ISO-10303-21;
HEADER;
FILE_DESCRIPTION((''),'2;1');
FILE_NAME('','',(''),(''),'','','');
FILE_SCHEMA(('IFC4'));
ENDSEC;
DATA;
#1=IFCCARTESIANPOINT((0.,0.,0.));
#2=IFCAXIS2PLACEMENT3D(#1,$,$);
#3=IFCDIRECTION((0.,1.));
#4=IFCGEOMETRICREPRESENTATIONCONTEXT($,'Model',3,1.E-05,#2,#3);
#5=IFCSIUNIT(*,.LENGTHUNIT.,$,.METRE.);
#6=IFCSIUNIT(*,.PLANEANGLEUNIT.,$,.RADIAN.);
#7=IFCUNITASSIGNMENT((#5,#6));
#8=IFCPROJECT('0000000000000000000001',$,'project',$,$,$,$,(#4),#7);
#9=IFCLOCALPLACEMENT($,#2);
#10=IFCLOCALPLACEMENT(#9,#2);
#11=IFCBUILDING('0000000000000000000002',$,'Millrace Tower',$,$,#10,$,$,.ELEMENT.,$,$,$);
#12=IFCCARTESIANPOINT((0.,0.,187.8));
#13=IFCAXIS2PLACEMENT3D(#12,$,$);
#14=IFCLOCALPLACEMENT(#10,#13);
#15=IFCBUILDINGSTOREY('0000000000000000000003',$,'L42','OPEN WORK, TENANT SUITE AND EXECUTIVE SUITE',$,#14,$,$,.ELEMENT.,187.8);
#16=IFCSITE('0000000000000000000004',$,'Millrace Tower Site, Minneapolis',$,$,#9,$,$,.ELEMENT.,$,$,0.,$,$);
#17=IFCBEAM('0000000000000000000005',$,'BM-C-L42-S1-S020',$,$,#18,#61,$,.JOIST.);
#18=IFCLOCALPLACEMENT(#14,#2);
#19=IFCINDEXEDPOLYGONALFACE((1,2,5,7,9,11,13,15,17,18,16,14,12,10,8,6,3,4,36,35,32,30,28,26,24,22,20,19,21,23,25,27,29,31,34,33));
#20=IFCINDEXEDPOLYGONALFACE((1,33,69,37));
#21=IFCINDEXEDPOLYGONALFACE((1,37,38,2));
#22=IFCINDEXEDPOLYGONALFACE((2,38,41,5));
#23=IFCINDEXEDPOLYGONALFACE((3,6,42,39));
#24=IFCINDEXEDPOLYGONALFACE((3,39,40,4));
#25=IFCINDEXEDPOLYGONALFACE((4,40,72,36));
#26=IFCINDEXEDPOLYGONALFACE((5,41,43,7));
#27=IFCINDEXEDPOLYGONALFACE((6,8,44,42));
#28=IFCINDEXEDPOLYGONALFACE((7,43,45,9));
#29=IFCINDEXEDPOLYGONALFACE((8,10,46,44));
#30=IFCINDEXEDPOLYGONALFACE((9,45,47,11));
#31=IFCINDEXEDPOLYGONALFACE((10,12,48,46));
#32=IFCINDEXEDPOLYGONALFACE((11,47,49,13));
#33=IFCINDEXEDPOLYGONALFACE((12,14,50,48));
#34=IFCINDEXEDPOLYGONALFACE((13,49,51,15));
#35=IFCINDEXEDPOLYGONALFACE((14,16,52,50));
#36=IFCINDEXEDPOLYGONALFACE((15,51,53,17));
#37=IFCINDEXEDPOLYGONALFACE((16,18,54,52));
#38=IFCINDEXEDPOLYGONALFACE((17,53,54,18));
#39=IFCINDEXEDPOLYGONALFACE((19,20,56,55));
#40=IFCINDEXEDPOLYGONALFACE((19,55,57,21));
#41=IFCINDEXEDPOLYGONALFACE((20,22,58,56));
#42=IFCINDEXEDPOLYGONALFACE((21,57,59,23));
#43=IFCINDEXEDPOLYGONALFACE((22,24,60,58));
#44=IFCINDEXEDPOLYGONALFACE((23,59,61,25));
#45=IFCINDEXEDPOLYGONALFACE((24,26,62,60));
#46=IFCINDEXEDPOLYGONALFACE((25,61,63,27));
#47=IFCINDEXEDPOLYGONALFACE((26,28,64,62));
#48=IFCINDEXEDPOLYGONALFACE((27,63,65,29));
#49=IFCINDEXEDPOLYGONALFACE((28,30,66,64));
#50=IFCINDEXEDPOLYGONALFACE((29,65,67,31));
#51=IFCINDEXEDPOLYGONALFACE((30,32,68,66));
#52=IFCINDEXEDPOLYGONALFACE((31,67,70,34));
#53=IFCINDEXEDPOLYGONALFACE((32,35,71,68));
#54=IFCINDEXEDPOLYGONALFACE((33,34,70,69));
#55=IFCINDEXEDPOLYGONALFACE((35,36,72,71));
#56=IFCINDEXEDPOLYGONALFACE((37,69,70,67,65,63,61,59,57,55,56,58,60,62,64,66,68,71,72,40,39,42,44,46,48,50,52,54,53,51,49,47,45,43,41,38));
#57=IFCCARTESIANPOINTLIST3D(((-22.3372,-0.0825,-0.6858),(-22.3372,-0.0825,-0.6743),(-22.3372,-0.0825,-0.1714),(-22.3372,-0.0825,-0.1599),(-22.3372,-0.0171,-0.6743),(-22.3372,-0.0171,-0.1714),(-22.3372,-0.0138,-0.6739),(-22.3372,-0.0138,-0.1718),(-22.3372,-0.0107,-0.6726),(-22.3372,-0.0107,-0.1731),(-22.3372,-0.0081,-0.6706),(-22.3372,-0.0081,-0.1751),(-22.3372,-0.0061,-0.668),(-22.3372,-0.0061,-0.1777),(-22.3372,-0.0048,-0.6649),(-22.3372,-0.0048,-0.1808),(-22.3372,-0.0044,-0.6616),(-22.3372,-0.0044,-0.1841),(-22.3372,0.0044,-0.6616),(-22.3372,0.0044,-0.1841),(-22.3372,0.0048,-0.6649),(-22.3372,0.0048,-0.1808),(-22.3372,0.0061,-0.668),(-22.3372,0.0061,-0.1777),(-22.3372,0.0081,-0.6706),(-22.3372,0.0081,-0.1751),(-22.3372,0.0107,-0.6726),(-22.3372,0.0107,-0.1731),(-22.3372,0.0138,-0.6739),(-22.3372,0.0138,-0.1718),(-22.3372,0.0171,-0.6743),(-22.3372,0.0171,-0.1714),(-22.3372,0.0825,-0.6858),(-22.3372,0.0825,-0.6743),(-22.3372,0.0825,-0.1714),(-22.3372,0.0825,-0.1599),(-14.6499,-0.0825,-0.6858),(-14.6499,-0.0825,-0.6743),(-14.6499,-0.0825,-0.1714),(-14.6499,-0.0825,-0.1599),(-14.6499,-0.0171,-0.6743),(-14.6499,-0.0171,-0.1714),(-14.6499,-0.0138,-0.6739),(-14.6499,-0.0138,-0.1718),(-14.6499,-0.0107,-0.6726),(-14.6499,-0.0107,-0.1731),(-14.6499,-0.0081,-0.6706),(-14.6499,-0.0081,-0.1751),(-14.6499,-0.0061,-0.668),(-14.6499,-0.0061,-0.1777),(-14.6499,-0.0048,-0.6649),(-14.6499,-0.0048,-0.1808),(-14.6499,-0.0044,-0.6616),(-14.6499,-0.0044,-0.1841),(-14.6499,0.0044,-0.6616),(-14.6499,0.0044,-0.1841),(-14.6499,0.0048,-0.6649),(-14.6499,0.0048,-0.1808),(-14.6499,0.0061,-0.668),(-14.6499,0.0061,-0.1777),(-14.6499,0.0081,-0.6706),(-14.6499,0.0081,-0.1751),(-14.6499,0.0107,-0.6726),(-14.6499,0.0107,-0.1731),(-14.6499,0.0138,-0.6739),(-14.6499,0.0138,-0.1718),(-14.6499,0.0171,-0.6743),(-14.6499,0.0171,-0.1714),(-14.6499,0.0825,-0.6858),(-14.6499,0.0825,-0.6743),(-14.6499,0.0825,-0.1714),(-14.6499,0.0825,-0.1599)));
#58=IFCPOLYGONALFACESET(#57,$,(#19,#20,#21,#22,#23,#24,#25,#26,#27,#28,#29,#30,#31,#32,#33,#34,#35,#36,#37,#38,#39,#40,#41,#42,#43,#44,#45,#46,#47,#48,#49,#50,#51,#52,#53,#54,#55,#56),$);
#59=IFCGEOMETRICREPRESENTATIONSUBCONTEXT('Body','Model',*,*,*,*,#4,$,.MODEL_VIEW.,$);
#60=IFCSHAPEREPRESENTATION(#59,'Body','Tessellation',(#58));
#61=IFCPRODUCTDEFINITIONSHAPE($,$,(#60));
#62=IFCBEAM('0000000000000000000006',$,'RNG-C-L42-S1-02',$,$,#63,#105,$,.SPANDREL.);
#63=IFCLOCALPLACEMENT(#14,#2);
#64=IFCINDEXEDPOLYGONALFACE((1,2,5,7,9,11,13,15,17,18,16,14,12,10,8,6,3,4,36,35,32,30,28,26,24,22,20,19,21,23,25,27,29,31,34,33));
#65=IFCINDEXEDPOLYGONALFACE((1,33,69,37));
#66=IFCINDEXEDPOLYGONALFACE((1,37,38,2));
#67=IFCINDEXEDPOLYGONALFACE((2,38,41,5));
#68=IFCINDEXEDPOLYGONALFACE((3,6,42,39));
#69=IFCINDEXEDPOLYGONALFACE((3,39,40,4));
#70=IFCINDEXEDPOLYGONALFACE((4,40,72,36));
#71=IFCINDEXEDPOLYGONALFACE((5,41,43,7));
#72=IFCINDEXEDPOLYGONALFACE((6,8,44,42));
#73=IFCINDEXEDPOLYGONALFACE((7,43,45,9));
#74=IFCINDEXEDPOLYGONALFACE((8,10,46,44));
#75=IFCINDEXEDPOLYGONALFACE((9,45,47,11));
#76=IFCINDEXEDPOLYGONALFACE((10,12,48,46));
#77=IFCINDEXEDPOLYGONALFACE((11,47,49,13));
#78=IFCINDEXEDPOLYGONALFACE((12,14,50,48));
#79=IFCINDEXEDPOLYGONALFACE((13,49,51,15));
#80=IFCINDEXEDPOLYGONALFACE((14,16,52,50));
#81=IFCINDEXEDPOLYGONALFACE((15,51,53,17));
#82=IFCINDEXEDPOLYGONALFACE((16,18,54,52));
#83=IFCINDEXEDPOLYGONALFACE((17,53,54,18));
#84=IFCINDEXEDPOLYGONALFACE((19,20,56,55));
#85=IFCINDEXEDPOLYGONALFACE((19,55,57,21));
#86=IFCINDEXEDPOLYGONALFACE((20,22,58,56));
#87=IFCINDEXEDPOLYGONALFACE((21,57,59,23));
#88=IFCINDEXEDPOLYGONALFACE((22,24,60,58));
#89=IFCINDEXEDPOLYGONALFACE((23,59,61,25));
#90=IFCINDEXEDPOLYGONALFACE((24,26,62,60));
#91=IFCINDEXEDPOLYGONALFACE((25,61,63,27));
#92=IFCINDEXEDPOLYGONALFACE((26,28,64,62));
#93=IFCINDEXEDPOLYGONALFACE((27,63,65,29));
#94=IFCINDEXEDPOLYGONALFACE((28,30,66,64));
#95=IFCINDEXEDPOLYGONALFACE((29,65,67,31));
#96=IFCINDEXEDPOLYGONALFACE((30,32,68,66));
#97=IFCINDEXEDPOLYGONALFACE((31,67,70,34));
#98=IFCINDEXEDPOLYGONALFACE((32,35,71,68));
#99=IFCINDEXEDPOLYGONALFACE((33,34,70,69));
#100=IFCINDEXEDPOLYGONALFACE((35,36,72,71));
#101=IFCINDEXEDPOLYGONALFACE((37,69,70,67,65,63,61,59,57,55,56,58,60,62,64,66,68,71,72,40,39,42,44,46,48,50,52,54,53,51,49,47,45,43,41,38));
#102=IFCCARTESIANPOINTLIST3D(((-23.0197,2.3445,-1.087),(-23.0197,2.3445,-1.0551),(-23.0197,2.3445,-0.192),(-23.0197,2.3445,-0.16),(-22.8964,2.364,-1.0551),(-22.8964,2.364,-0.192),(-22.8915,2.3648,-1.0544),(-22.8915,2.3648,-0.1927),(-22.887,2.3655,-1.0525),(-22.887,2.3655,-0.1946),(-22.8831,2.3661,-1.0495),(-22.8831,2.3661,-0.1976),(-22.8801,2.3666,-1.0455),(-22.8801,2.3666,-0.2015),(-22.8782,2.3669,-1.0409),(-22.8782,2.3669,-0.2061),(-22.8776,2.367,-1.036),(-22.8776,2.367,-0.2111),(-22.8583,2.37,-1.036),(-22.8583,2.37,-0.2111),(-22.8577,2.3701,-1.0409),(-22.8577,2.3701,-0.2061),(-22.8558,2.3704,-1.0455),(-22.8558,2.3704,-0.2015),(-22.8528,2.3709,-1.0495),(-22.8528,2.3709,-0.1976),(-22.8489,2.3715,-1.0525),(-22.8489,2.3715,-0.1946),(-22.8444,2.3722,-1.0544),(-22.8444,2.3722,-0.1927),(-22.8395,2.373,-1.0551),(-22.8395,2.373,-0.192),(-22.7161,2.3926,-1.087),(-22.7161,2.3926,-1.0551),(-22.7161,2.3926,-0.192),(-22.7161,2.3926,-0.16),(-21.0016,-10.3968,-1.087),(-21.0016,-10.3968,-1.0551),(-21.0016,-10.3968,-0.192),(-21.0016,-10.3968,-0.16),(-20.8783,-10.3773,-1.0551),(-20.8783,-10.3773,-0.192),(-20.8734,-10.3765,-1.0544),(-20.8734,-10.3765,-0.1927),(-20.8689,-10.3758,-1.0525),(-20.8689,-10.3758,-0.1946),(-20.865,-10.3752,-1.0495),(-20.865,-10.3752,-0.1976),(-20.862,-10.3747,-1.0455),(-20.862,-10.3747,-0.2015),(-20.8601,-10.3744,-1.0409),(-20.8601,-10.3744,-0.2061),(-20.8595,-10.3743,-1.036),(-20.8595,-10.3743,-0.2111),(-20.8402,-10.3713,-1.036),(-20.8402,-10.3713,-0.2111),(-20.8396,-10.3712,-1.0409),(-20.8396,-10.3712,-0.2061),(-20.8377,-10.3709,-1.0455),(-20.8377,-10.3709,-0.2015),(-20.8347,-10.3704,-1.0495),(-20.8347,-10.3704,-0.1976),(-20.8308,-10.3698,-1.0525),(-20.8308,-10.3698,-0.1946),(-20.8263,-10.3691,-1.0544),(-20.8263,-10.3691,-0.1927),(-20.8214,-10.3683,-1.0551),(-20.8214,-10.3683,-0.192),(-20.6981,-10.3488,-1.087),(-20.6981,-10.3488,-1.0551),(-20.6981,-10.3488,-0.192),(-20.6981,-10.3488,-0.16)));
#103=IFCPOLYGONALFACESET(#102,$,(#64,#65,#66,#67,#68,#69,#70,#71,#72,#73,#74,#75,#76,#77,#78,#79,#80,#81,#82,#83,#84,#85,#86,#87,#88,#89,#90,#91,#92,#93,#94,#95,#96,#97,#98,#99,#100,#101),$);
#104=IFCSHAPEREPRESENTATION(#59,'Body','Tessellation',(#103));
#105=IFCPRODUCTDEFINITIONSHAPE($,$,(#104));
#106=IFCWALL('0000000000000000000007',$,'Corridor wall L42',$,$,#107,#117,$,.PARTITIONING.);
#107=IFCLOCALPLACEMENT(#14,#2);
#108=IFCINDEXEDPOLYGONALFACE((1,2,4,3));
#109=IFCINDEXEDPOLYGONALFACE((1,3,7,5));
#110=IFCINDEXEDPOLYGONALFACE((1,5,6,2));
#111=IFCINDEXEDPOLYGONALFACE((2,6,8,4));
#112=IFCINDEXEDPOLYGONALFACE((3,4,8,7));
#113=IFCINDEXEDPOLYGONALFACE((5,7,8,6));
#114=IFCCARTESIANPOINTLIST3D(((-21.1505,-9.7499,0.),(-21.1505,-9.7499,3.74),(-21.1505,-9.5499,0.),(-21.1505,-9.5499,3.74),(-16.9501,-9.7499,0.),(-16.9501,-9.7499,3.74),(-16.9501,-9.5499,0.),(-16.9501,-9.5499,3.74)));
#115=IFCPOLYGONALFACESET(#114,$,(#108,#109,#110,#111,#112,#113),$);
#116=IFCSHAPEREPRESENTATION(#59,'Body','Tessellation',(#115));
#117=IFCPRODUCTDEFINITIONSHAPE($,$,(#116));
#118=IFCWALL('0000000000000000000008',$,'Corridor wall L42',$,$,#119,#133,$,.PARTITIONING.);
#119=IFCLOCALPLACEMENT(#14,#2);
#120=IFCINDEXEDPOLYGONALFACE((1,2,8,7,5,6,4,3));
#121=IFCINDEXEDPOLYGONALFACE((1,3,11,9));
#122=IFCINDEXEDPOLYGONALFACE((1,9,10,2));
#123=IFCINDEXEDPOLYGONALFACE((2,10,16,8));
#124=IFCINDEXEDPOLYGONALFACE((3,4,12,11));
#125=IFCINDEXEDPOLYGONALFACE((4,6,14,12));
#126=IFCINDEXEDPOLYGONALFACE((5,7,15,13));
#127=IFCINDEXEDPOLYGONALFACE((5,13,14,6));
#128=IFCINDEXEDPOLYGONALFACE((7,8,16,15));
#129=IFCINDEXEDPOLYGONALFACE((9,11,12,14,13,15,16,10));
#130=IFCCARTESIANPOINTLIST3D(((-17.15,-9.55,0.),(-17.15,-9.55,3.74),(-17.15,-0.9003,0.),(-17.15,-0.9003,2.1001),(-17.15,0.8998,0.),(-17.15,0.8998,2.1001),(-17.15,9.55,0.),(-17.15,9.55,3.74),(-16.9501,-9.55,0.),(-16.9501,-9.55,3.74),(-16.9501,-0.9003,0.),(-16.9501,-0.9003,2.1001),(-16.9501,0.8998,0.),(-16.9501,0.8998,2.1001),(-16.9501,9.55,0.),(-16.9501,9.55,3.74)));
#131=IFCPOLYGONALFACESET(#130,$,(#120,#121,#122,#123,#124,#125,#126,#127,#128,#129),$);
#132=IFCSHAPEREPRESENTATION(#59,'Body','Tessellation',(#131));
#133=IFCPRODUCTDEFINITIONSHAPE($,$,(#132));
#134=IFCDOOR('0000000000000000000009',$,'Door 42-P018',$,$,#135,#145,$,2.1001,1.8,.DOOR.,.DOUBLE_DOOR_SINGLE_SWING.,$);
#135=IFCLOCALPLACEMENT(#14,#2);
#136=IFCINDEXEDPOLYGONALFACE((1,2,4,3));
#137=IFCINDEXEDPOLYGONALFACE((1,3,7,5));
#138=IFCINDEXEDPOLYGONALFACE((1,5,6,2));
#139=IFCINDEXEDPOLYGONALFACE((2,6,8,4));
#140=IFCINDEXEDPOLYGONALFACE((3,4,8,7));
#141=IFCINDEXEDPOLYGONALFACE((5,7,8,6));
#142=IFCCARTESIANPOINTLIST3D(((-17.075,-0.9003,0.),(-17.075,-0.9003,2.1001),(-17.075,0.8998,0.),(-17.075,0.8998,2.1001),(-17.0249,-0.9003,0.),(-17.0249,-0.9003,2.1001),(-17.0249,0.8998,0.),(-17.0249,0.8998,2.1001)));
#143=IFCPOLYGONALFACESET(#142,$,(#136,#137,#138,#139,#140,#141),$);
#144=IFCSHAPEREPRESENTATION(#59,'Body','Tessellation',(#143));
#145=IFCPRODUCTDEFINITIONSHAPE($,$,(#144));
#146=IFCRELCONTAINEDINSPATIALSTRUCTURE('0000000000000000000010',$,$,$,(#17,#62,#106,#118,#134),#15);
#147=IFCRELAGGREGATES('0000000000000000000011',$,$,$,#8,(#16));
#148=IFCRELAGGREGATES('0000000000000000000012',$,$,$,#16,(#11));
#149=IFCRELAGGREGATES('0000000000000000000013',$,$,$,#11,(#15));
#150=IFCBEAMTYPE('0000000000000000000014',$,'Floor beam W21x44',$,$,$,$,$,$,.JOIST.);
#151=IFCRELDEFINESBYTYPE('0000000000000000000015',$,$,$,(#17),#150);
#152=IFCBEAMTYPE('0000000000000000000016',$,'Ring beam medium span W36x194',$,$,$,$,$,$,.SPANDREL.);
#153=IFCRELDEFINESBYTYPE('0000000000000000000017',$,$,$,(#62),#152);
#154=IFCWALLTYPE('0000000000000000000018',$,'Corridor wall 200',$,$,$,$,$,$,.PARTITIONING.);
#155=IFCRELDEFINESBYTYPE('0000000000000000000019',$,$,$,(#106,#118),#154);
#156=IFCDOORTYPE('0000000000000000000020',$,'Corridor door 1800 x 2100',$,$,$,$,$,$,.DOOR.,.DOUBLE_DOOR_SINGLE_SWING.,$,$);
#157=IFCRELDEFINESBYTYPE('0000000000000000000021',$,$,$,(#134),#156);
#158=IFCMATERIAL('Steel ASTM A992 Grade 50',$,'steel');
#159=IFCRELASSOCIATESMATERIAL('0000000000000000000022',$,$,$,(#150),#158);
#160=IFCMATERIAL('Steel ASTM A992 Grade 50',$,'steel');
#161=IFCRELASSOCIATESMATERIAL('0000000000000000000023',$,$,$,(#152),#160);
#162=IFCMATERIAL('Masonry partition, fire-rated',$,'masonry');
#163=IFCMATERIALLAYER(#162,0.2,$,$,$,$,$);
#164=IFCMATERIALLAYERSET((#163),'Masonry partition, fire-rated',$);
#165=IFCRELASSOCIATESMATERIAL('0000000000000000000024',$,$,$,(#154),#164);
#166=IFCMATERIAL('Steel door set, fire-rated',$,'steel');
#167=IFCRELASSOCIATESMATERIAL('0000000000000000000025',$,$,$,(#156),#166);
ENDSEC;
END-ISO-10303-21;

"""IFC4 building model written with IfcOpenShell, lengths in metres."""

from ifc_helpers import new_model, si_unit, direction, frame, frame_2d, origin, origin_2d, place, context, subcontext, project, spatial, rectangle, i_section, extrude, material, layer, layer_set, material_profile, profile_set, type_object, element, fill, save


model = new_model("IFC4")

# Units and contexts
model_context = context("Model", 3, precision=1e-05, world=origin(), true_north=direction((0.0, 1.0)))
body_context = subcontext(model_context, "Body", "Model", "MODEL_VIEW")
ifc_project = project(units=[si_unit("LENGTHUNIT", "METRE"), si_unit("PLANEANGLEUNIT", "RADIAN")], contexts=[model_context])

# Site, building, storey
site_placement = place(None, origin())
site = spatial("IfcSite", under=ifc_project, at=site_placement, Name="Millrace Tower Site, Minneapolis", CompositionType="ELEMENT", RefElevation=0.0)
building_placement = place(site_placement, origin())
building = spatial("IfcBuilding", under=site, at=building_placement, Name="Millrace Tower", CompositionType="ELEMENT")
storey_placement = place(building_placement, frame((0.0, 0.0, 187.8)))
storey = spatial("IfcBuildingStorey", under=building, at=storey_placement, Name="L42", Description="OPEN WORK, TENANT SUITE AND EXECUTIVE SUITE", CompositionType="ELEMENT", Elevation=187.8)

# Beams
ifc_material_1 = material(Name="Steel ASTM A992 Grade 50", Category="steel")
ifc_material_profile_1 = material_profile(ifc_material_1, i_section(OverallWidth=0.165, OverallDepth=0.5259, WebThickness=0.0088, FlangeThickness=0.0115, FilletRadius=0.0127, at=origin_2d()))
ifc_profile_set_1 = profile_set([ifc_material_profile_1], Name="Steel ASTM A992 Grade 50")
beam_type_1 = type_object("IfcBeamType", Name="Floor beam W21x44", PredefinedType="JOIST", material=ifc_profile_set_1)
beam_1_placement = place(storey_placement, frame((-22.3372, 0.0, -0.4229), z_axis=(1.0, 0.0, 0.0), x_axis=(0.0, 1.0, 0.0)))
element("IfcBeam", 1, at=beam_1_placement, inside=storey, type_object=beam_type_1, Name="BM-C-L42-S1-S020", PredefinedType="JOIST", context=body_context, shape_type="SweptSolid", body=[
    extrude(i_section(OverallWidth=0.165, OverallDepth=0.5259, WebThickness=0.0088, FlangeThickness=0.0115, FilletRadius=0.0127, at=origin_2d()), origin(), (0.0, 0.0, 1.0), 7.6873),
])
ifc_material_2 = material(Name="Steel ASTM A992 Grade 50", Category="steel")
ifc_material_profile_2 = material_profile(ifc_material_2, i_section(OverallWidth=0.3074, OverallDepth=0.927, WebThickness=0.0195, FlangeThickness=0.032, FilletRadius=0.019, at=origin_2d()))
ifc_profile_set_2 = profile_set([ifc_material_profile_2], Name="Steel ASTM A992 Grade 50")
beam_type_2 = type_object("IfcBeamType", Name="Ring beam medium span W36x194", PredefinedType="SPANDREL", material=ifc_profile_set_2)
beam_2_placement = place(storey_placement, frame((-20.8499, -10.3728, -0.6235), z_axis=(-0.156439, 0.987688, 0.0), x_axis=(-0.987688, -0.156439, 0.0)))
element("IfcBeam", 2, at=beam_2_placement, inside=storey, type_object=beam_type_2, Name="RNG-C-L42-S1-02", PredefinedType="SPANDREL", context=body_context, shape_type="SweptSolid", body=[
    extrude(i_section(OverallWidth=0.3074, OverallDepth=0.927, WebThickness=0.0195, FlangeThickness=0.032, FilletRadius=0.019, at=origin_2d()), origin(), (0.0, 0.0, 1.0), 12.9001),
])

# Wall
ifc_material_3 = material(Name="Masonry partition, fire-rated", Category="masonry")
ifc_layer_1 = layer(ifc_material_3, 0.2)
ifc_layer_set_1 = layer_set([ifc_layer_1], Name="Masonry partition, fire-rated")
wall_type = type_object("IfcWallType", Name="Corridor wall 200", PredefinedType="PARTITIONING", material=ifc_layer_set_1)
wall_1_placement = place(storey_placement, frame((-21.1504, -9.6499, 0.0), z_axis=(0.0, 0.0, 1.0), x_axis=(1.0, 0.0, 0.0)))
element("IfcWall", 3, at=wall_1_placement, inside=storey, type_object=wall_type, Name="Corridor wall L42", PredefinedType="PARTITIONING", context=body_context, shape_type="SweptSolid", body=[
    extrude(rectangle(XDim=4.2004, YDim=0.2, at=frame_2d((2.1001, 0.0))), origin(), (0.0, 0.0, 1.0), 3.74),
])

# Wall, opening, door
wall_2_placement = place(storey_placement, frame((-17.05, -9.55, 0.0), z_axis=(0.0, 0.0, 1.0), x_axis=(0.0, 1.0, 0.0)))
wall_2 = element("IfcWall", 4, at=wall_2_placement, inside=storey, type_object=wall_type, Name="Corridor wall L42", PredefinedType="PARTITIONING", context=body_context, shape_type="SweptSolid", body=[
    extrude(rectangle(XDim=19.1001, YDim=0.2, at=frame_2d((9.55, 0.0))), origin(), (0.0, 0.0, 1.0), 3.74),
])
opening_placement = place(wall_2_placement, frame((8.6499, 0.0, 0.0)))
opening = element("IfcOpeningElement", 5, at=opening_placement, cuts=wall_2, PredefinedType="OPENING", context=body_context, shape_type="SweptSolid", body=[
    extrude(rectangle(XDim=1.8, YDim=2.1001, at=frame_2d((0.8999, 1.05))), frame((0.0, 0.1099, 0.0), z_axis=(0.0, -1.0, 0.0), x_axis=(1.0, 0.0, 0.0)), (0.0, 0.0, 1.0), 0.22),
])
ifc_material_4 = material(Name="Steel door set, fire-rated", Category="steel")
door_type = type_object("IfcDoorType", Name="Corridor door 1800 x 2100", OperationType="DOUBLE_DOOR_SINGLE_SWING", PredefinedType="DOOR", material=ifc_material_4)
door_placement = place(opening_placement, origin())
door = element("IfcDoor", 6, at=door_placement, inside=storey, type_object=door_type, Name="Door 42-P018", OperationType="DOUBLE_DOOR_SINGLE_SWING", OverallHeight=2.1001, OverallWidth=1.8, PredefinedType="DOOR", context=body_context, shape_type="SweptSolid", body=[
    extrude(rectangle(XDim=1.8, YDim=2.1001, at=frame_2d((0.8999, 1.05))), frame((0.0, 0.0249, 0.0), z_axis=(0.0, -1.0, 0.0), x_axis=(1.0, 0.0, 0.0)), (0.0, 0.0, 1.0), 0.05),
])
fill(opening, door)

save(model, "model.ifc")
